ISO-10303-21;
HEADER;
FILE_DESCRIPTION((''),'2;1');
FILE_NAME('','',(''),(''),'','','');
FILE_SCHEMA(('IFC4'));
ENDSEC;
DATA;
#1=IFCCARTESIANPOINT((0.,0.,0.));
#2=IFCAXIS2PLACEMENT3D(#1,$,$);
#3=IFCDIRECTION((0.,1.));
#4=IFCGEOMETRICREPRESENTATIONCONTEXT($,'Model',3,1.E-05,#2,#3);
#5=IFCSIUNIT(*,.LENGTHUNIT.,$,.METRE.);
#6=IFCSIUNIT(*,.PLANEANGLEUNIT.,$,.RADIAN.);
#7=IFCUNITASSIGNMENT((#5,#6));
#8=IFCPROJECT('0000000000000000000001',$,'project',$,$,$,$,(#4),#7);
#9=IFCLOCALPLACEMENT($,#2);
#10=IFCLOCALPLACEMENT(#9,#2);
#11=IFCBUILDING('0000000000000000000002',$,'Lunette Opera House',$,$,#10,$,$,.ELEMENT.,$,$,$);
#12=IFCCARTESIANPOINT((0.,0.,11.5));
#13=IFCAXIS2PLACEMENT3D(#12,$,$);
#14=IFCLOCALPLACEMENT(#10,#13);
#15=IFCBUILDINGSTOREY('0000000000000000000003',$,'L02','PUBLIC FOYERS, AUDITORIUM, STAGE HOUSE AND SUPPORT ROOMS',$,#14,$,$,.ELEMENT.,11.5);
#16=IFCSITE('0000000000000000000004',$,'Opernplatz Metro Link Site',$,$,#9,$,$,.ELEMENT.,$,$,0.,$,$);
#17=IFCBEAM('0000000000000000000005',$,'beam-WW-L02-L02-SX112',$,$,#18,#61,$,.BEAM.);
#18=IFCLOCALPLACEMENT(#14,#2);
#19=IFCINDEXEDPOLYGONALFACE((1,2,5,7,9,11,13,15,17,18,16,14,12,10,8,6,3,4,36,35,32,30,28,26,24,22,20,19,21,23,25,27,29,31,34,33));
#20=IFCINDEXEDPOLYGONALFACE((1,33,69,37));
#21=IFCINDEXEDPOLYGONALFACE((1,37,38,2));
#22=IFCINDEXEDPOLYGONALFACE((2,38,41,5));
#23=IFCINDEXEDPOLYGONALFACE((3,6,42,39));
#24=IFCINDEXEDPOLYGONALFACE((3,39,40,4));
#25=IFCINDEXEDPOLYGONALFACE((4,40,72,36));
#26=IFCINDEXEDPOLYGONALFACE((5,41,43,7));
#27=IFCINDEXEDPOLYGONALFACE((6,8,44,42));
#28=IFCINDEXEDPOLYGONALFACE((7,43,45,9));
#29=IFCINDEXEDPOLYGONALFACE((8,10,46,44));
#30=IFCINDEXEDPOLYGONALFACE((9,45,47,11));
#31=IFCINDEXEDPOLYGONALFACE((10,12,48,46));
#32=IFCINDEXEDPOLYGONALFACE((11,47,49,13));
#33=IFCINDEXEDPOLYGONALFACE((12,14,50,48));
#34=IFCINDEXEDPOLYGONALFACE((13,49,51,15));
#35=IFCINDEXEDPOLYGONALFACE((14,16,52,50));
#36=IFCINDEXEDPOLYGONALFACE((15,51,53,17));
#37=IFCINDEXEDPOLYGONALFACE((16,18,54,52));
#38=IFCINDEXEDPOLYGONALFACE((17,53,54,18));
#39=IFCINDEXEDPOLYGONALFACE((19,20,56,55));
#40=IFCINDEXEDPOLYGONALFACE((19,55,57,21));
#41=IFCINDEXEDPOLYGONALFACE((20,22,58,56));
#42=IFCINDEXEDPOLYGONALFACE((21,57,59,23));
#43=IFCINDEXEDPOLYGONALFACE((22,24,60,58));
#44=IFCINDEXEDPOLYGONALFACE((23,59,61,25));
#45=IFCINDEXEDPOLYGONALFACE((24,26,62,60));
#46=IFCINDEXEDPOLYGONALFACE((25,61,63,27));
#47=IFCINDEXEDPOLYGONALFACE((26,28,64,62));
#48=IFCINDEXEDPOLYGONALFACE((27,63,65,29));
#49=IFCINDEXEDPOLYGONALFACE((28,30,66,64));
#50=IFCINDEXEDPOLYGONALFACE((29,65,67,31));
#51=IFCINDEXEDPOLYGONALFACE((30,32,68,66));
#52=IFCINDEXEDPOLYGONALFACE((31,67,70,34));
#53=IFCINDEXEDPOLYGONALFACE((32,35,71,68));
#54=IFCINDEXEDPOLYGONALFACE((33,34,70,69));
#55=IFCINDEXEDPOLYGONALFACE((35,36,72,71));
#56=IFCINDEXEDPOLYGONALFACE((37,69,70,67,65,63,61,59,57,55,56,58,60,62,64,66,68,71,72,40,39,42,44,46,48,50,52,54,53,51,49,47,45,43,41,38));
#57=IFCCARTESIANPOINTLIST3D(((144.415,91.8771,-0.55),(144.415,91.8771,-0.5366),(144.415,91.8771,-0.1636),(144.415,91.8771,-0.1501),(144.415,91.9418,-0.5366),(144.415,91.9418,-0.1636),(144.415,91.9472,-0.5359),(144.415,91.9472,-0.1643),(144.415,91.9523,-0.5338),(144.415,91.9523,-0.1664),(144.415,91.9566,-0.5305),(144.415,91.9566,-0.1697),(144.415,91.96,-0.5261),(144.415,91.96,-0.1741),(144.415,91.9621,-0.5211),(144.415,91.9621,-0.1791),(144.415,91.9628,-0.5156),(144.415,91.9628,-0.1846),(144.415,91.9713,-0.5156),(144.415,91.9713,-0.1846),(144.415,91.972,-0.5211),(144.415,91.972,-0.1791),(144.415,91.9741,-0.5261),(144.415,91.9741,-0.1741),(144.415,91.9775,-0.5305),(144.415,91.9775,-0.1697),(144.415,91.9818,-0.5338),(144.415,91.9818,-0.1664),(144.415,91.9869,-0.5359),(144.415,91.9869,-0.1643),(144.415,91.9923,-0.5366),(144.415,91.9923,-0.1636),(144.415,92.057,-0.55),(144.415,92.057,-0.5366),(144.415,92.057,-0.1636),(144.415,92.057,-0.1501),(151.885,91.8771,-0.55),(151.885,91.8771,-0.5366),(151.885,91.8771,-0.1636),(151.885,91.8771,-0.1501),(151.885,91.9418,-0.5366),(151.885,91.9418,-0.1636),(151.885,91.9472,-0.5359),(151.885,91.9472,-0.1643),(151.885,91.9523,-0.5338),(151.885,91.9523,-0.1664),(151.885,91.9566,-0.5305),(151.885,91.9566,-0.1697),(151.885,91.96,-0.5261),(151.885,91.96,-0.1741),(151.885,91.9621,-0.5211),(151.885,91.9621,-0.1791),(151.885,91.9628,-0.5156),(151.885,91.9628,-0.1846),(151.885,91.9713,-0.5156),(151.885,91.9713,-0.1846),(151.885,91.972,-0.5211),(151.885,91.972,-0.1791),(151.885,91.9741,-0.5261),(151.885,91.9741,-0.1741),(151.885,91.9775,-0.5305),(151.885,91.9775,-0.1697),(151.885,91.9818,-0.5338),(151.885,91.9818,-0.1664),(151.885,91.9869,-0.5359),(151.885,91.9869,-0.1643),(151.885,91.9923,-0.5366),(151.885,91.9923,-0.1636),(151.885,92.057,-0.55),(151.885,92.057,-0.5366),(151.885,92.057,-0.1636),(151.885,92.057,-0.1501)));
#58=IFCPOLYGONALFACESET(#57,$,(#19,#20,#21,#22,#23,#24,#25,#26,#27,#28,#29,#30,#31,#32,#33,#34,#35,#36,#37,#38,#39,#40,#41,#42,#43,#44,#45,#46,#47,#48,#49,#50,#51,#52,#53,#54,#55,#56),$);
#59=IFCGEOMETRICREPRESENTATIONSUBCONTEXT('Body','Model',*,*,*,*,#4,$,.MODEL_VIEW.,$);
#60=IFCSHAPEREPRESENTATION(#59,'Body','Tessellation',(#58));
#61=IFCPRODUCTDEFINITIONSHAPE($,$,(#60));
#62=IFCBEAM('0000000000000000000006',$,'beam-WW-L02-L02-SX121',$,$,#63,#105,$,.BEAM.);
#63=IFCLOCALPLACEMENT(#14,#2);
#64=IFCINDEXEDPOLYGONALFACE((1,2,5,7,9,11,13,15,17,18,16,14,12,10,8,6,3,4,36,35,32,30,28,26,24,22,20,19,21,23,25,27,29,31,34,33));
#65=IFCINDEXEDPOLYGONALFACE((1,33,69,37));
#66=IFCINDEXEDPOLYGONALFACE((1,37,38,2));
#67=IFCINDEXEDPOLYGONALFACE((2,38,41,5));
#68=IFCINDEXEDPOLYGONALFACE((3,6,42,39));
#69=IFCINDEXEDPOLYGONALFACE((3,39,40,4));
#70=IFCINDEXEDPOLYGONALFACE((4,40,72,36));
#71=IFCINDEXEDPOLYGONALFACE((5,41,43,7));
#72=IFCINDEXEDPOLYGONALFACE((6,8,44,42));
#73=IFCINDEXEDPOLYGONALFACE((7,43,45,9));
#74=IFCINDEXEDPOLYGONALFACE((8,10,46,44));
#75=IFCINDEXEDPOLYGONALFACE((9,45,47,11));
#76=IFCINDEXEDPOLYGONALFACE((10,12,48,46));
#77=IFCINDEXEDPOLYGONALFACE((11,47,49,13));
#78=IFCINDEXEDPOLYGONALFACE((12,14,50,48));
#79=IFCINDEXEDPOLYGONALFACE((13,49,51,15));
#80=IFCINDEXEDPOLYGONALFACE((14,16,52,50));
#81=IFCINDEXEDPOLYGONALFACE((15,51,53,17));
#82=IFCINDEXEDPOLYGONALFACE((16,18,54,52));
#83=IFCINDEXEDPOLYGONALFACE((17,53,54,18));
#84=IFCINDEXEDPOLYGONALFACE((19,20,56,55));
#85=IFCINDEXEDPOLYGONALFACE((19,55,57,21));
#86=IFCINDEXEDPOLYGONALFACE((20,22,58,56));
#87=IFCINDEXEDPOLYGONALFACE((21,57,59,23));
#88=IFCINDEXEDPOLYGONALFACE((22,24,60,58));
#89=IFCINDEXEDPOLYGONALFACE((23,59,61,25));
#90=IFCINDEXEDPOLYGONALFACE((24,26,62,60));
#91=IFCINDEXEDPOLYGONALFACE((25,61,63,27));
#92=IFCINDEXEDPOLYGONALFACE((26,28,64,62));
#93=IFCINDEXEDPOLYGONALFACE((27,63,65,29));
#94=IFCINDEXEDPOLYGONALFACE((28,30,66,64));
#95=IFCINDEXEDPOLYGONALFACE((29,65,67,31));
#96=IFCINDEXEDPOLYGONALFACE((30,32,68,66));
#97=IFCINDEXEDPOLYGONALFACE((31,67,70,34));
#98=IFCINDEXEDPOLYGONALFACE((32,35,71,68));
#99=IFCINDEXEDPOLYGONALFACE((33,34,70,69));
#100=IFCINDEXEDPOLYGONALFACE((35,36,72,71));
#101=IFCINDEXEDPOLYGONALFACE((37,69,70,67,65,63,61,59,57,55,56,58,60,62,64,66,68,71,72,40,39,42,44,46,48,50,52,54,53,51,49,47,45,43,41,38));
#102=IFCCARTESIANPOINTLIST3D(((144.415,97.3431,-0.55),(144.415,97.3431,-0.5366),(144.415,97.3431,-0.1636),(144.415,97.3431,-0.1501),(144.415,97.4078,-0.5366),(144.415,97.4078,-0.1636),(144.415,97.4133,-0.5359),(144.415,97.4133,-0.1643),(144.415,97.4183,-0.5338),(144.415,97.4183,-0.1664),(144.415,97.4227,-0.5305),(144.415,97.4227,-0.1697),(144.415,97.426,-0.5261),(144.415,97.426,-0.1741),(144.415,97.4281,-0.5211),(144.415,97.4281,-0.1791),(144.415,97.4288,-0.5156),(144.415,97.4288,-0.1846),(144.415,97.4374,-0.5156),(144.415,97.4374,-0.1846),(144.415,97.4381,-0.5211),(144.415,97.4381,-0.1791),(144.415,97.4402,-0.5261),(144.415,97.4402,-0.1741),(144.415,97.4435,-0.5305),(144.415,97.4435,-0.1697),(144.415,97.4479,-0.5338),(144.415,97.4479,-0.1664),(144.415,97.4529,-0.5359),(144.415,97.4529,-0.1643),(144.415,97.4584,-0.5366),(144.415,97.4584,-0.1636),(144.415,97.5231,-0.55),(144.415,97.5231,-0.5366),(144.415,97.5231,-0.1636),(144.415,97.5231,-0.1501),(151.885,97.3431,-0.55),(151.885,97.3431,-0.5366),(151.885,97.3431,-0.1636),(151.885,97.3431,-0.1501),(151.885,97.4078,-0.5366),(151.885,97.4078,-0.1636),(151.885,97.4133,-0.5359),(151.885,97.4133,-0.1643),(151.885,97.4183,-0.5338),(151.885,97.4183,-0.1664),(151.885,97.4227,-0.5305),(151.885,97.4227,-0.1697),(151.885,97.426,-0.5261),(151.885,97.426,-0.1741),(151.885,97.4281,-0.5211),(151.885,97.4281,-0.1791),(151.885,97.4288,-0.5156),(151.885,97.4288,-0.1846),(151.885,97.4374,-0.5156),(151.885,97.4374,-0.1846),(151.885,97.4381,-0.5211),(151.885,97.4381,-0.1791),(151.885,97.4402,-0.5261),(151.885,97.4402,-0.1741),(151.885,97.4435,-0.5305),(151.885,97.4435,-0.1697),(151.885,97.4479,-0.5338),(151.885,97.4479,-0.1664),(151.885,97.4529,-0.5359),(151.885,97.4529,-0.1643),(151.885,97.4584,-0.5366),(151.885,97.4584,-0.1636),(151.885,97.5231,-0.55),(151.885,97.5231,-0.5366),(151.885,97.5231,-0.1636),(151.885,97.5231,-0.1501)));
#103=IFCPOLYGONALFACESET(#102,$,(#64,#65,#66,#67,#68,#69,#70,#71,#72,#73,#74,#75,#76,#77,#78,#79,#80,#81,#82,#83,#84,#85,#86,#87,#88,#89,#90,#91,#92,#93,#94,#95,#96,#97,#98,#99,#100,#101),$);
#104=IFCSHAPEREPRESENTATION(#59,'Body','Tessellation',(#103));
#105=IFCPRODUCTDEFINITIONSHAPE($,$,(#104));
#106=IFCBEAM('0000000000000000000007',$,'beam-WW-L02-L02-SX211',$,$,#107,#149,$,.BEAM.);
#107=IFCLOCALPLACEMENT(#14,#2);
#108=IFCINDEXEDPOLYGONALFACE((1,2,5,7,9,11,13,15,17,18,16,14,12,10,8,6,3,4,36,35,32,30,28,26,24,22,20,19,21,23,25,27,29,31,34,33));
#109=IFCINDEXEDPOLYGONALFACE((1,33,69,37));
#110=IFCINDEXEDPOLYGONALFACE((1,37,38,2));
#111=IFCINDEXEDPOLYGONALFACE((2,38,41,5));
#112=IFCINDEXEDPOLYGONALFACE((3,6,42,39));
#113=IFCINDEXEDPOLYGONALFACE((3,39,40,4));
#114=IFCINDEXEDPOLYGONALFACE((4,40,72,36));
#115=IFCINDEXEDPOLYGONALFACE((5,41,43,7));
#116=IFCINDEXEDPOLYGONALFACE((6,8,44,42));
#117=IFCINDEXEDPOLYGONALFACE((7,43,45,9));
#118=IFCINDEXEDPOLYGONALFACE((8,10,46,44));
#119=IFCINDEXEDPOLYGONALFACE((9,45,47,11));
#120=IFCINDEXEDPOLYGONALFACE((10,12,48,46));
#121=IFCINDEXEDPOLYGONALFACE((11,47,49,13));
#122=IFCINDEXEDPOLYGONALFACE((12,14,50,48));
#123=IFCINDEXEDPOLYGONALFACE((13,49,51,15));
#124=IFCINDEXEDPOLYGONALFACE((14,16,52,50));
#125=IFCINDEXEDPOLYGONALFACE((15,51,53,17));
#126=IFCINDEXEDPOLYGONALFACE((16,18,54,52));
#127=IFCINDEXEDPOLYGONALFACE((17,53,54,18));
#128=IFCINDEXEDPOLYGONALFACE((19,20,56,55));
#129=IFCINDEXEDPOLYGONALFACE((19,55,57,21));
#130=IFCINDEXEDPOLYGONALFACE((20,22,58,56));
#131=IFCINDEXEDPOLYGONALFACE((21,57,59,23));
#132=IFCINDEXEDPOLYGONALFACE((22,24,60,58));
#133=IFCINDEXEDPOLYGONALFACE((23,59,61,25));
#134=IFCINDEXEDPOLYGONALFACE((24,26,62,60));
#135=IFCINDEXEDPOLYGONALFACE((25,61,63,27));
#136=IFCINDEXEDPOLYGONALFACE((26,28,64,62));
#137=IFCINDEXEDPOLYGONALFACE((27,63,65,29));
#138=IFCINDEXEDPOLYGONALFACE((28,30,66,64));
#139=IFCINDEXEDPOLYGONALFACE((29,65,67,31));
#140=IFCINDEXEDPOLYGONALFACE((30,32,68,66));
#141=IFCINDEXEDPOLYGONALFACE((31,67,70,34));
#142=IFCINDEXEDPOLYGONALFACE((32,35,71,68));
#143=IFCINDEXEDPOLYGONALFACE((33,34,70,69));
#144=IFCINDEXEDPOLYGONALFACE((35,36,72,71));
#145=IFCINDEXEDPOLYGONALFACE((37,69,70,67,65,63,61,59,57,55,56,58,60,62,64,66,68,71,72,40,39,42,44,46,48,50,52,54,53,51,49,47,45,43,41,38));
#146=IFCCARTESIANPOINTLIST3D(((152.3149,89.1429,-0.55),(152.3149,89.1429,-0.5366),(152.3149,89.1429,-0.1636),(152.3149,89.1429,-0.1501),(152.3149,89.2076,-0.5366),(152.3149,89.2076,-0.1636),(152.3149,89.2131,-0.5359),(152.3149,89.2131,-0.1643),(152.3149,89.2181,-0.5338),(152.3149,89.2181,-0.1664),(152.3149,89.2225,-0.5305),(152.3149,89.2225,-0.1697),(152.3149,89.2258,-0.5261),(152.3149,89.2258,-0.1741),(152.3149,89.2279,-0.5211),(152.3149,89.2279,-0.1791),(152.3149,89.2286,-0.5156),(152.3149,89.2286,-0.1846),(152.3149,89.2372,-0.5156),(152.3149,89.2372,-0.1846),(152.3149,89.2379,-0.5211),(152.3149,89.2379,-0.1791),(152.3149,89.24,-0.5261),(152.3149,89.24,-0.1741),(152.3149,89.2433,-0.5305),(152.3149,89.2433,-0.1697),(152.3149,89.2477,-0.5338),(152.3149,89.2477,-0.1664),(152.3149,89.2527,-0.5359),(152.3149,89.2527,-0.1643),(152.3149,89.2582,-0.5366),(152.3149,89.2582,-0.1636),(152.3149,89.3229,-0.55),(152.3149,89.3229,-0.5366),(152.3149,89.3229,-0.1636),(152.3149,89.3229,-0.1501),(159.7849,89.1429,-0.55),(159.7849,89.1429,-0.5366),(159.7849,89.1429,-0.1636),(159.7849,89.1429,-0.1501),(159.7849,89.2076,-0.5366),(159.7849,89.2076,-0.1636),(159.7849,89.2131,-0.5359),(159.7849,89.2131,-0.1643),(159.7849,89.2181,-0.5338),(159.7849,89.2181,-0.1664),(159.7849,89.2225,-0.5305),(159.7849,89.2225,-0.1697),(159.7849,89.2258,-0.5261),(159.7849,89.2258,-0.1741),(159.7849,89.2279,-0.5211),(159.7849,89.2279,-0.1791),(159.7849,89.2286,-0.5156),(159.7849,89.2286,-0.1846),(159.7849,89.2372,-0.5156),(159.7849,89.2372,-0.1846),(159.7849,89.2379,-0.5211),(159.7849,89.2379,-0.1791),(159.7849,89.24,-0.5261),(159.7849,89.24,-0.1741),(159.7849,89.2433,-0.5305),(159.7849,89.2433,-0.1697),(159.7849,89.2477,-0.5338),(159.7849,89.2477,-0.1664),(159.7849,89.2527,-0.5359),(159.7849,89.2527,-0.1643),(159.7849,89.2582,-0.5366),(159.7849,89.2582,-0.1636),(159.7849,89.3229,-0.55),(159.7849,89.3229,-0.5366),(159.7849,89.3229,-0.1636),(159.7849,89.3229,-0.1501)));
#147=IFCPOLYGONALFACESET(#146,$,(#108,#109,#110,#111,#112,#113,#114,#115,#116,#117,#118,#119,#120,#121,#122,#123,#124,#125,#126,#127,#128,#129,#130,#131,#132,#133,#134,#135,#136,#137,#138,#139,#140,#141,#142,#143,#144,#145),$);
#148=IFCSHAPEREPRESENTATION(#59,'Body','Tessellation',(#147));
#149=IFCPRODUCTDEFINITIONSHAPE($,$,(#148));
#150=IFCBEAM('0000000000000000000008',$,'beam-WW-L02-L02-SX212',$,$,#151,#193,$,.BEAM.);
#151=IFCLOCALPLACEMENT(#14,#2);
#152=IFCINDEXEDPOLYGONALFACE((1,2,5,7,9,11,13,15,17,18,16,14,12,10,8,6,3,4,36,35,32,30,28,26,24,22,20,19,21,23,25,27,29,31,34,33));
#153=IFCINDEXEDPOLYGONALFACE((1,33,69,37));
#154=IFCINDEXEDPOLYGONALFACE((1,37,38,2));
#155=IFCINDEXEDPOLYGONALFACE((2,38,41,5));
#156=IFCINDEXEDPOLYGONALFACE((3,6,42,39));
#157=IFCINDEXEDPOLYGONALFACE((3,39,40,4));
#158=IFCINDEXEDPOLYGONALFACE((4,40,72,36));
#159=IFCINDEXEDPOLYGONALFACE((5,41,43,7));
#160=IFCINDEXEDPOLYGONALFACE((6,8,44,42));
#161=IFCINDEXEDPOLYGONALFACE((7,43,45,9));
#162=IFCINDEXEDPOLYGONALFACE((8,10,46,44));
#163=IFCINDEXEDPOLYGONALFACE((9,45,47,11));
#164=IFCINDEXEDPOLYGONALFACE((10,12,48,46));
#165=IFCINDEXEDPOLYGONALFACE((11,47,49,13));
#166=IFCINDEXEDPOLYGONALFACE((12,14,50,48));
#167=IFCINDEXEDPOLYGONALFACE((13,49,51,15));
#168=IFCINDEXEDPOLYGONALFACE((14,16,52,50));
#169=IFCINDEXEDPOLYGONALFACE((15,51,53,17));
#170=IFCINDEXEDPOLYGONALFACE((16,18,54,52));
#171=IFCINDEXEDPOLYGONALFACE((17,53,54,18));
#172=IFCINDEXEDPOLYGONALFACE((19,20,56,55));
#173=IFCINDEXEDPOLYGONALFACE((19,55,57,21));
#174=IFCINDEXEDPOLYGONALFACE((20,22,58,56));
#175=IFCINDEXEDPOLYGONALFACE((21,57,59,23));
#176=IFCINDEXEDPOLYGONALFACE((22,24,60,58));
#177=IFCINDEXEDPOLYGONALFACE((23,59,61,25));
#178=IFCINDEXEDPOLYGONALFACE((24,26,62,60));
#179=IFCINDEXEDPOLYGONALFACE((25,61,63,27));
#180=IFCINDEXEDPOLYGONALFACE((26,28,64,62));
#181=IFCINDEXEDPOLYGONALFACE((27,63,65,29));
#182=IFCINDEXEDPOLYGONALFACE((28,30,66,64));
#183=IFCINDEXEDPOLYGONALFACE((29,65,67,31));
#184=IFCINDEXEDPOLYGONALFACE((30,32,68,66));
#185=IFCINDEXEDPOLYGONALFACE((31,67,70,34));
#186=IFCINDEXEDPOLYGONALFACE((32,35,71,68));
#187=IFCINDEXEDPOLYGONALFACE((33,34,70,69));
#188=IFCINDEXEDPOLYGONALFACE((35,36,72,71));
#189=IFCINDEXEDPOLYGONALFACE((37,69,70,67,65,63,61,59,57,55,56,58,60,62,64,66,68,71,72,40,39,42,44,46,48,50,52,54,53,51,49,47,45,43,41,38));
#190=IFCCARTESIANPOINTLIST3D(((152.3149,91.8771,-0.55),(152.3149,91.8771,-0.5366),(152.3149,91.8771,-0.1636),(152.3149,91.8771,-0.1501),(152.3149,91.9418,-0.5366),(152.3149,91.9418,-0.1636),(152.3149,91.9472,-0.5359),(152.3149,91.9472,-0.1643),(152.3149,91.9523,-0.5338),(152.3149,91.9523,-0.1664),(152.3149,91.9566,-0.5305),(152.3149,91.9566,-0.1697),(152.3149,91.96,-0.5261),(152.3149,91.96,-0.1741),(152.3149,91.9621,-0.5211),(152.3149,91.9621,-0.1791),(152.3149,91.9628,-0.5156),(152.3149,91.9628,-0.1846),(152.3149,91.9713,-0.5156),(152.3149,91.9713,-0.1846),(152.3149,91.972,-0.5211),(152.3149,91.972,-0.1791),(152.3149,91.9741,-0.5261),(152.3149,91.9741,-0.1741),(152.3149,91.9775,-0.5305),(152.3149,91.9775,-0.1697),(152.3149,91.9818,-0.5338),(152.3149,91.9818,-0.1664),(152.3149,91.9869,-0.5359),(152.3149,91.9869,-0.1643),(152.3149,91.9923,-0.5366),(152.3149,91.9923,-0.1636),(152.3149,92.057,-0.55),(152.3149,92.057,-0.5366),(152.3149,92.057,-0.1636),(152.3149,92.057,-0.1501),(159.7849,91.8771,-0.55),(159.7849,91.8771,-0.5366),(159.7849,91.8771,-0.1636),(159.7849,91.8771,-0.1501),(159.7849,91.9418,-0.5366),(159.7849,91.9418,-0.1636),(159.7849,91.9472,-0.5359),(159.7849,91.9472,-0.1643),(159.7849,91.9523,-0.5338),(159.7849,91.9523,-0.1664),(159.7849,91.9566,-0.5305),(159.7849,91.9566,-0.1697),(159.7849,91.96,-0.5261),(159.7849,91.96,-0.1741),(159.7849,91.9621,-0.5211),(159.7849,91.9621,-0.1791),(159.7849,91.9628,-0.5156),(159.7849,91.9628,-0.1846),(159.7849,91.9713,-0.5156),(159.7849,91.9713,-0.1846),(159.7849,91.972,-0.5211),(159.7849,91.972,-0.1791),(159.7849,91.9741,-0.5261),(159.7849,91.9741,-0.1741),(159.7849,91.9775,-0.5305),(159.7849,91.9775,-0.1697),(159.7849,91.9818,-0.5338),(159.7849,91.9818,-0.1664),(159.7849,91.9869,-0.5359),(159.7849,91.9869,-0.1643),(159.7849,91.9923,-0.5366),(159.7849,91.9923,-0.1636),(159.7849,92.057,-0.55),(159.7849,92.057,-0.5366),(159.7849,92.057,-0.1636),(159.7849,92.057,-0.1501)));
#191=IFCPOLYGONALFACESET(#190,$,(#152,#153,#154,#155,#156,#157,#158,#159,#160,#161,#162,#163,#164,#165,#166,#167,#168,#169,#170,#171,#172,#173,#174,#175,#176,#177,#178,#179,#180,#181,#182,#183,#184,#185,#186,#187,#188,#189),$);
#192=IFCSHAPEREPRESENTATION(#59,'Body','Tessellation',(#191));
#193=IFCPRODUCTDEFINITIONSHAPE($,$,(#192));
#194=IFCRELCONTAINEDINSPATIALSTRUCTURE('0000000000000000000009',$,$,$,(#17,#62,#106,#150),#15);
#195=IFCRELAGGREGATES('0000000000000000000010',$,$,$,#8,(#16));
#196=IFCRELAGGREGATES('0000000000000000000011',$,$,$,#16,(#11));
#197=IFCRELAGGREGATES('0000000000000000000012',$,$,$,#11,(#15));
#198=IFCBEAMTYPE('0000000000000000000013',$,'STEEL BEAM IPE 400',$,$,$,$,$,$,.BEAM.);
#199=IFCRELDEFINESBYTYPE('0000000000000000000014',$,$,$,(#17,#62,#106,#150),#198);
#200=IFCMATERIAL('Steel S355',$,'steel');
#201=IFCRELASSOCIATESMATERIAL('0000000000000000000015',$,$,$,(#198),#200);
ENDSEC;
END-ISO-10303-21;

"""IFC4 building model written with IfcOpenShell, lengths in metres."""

from ifc_helpers import new_model, si_unit, direction, frame, origin, origin_2d, place, context, subcontext, project, spatial, i_section, extrude, material, material_profile, profile_set, type_object, element, save


model = new_model("IFC4")

# Units and contexts
model_context = context("Model", 3, precision=1e-05, world=origin(), true_north=direction((0.0, 1.0)))
body_context = subcontext(model_context, "Body", "Model", "MODEL_VIEW")
ifc_project = project(units=[si_unit("LENGTHUNIT", "METRE"), si_unit("PLANEANGLEUNIT", "RADIAN")], contexts=[model_context])

# Site, building, storey
site_placement = place(None, origin())
site = spatial("IfcSite", under=ifc_project, at=site_placement, Name="Opernplatz Metro Link Site", CompositionType="ELEMENT", RefElevation=0.0)
building_placement = place(site_placement, origin())
building = spatial("IfcBuilding", under=site, at=building_placement, Name="Lunette Opera House", CompositionType="ELEMENT")
storey_placement = place(building_placement, frame((0.0, 0.0, 11.5)))
storey = spatial("IfcBuildingStorey", under=building, at=storey_placement, Name="L02", Description="PUBLIC FOYERS, AUDITORIUM, STAGE HOUSE AND SUPPORT ROOMS", CompositionType="ELEMENT", Elevation=11.5)

# Beams
ifc_material_1 = material(Name="Steel S355", Category="steel")
ifc_material_profile_1 = material_profile(ifc_material_1, i_section(OverallWidth=0.1799, OverallDepth=0.3999, WebThickness=0.0085, FlangeThickness=0.0134, FilletRadius=0.021, at=origin_2d()), Name="IPE 400")
ifc_profile_set_1 = profile_set([ifc_material_profile_1], Name="Steel S355")
beam_type_1 = type_object("IfcBeamType", Name="STEEL BEAM IPE 400", PredefinedType="BEAM", material=ifc_profile_set_1)
for number, where, z_axis, x_axis, name in (
    (1, (144.415, 91.967, -0.3501), (1.0, 0.0, 0.0), (0.0, 1.0, 0.0), "beam-WW-L02-L02-SX112"),
    (2, (144.415, 97.4331, -0.3501), (1.0, 0.0, 0.0), (0.0, 1.0, 0.0), "beam-WW-L02-L02-SX121"),
    (3, (152.3149, 89.2329, -0.3501), (1.0, 0.0, 0.0), (0.0, 1.0, 0.0), "beam-WW-L02-L02-SX211"),
    (4, (152.3149, 91.967, -0.3501), (1.0, 0.0, 0.0), (0.0, 1.0, 0.0), "beam-WW-L02-L02-SX212"),
):
    element("IfcBeam", number, at=place(storey_placement, frame(where, z_axis=z_axis, x_axis=x_axis)), inside=storey, type_object=beam_type_1, Name=name, PredefinedType="BEAM", context=body_context, shape_type="SweptSolid", body=[
        extrude(i_section(OverallWidth=0.1799, OverallDepth=0.3999, WebThickness=0.0085, FlangeThickness=0.0134, FilletRadius=0.021, at=origin_2d()), origin(), (0.0, 0.0, 1.0), 7.47),
    ])

save(model, "model.ifc")
